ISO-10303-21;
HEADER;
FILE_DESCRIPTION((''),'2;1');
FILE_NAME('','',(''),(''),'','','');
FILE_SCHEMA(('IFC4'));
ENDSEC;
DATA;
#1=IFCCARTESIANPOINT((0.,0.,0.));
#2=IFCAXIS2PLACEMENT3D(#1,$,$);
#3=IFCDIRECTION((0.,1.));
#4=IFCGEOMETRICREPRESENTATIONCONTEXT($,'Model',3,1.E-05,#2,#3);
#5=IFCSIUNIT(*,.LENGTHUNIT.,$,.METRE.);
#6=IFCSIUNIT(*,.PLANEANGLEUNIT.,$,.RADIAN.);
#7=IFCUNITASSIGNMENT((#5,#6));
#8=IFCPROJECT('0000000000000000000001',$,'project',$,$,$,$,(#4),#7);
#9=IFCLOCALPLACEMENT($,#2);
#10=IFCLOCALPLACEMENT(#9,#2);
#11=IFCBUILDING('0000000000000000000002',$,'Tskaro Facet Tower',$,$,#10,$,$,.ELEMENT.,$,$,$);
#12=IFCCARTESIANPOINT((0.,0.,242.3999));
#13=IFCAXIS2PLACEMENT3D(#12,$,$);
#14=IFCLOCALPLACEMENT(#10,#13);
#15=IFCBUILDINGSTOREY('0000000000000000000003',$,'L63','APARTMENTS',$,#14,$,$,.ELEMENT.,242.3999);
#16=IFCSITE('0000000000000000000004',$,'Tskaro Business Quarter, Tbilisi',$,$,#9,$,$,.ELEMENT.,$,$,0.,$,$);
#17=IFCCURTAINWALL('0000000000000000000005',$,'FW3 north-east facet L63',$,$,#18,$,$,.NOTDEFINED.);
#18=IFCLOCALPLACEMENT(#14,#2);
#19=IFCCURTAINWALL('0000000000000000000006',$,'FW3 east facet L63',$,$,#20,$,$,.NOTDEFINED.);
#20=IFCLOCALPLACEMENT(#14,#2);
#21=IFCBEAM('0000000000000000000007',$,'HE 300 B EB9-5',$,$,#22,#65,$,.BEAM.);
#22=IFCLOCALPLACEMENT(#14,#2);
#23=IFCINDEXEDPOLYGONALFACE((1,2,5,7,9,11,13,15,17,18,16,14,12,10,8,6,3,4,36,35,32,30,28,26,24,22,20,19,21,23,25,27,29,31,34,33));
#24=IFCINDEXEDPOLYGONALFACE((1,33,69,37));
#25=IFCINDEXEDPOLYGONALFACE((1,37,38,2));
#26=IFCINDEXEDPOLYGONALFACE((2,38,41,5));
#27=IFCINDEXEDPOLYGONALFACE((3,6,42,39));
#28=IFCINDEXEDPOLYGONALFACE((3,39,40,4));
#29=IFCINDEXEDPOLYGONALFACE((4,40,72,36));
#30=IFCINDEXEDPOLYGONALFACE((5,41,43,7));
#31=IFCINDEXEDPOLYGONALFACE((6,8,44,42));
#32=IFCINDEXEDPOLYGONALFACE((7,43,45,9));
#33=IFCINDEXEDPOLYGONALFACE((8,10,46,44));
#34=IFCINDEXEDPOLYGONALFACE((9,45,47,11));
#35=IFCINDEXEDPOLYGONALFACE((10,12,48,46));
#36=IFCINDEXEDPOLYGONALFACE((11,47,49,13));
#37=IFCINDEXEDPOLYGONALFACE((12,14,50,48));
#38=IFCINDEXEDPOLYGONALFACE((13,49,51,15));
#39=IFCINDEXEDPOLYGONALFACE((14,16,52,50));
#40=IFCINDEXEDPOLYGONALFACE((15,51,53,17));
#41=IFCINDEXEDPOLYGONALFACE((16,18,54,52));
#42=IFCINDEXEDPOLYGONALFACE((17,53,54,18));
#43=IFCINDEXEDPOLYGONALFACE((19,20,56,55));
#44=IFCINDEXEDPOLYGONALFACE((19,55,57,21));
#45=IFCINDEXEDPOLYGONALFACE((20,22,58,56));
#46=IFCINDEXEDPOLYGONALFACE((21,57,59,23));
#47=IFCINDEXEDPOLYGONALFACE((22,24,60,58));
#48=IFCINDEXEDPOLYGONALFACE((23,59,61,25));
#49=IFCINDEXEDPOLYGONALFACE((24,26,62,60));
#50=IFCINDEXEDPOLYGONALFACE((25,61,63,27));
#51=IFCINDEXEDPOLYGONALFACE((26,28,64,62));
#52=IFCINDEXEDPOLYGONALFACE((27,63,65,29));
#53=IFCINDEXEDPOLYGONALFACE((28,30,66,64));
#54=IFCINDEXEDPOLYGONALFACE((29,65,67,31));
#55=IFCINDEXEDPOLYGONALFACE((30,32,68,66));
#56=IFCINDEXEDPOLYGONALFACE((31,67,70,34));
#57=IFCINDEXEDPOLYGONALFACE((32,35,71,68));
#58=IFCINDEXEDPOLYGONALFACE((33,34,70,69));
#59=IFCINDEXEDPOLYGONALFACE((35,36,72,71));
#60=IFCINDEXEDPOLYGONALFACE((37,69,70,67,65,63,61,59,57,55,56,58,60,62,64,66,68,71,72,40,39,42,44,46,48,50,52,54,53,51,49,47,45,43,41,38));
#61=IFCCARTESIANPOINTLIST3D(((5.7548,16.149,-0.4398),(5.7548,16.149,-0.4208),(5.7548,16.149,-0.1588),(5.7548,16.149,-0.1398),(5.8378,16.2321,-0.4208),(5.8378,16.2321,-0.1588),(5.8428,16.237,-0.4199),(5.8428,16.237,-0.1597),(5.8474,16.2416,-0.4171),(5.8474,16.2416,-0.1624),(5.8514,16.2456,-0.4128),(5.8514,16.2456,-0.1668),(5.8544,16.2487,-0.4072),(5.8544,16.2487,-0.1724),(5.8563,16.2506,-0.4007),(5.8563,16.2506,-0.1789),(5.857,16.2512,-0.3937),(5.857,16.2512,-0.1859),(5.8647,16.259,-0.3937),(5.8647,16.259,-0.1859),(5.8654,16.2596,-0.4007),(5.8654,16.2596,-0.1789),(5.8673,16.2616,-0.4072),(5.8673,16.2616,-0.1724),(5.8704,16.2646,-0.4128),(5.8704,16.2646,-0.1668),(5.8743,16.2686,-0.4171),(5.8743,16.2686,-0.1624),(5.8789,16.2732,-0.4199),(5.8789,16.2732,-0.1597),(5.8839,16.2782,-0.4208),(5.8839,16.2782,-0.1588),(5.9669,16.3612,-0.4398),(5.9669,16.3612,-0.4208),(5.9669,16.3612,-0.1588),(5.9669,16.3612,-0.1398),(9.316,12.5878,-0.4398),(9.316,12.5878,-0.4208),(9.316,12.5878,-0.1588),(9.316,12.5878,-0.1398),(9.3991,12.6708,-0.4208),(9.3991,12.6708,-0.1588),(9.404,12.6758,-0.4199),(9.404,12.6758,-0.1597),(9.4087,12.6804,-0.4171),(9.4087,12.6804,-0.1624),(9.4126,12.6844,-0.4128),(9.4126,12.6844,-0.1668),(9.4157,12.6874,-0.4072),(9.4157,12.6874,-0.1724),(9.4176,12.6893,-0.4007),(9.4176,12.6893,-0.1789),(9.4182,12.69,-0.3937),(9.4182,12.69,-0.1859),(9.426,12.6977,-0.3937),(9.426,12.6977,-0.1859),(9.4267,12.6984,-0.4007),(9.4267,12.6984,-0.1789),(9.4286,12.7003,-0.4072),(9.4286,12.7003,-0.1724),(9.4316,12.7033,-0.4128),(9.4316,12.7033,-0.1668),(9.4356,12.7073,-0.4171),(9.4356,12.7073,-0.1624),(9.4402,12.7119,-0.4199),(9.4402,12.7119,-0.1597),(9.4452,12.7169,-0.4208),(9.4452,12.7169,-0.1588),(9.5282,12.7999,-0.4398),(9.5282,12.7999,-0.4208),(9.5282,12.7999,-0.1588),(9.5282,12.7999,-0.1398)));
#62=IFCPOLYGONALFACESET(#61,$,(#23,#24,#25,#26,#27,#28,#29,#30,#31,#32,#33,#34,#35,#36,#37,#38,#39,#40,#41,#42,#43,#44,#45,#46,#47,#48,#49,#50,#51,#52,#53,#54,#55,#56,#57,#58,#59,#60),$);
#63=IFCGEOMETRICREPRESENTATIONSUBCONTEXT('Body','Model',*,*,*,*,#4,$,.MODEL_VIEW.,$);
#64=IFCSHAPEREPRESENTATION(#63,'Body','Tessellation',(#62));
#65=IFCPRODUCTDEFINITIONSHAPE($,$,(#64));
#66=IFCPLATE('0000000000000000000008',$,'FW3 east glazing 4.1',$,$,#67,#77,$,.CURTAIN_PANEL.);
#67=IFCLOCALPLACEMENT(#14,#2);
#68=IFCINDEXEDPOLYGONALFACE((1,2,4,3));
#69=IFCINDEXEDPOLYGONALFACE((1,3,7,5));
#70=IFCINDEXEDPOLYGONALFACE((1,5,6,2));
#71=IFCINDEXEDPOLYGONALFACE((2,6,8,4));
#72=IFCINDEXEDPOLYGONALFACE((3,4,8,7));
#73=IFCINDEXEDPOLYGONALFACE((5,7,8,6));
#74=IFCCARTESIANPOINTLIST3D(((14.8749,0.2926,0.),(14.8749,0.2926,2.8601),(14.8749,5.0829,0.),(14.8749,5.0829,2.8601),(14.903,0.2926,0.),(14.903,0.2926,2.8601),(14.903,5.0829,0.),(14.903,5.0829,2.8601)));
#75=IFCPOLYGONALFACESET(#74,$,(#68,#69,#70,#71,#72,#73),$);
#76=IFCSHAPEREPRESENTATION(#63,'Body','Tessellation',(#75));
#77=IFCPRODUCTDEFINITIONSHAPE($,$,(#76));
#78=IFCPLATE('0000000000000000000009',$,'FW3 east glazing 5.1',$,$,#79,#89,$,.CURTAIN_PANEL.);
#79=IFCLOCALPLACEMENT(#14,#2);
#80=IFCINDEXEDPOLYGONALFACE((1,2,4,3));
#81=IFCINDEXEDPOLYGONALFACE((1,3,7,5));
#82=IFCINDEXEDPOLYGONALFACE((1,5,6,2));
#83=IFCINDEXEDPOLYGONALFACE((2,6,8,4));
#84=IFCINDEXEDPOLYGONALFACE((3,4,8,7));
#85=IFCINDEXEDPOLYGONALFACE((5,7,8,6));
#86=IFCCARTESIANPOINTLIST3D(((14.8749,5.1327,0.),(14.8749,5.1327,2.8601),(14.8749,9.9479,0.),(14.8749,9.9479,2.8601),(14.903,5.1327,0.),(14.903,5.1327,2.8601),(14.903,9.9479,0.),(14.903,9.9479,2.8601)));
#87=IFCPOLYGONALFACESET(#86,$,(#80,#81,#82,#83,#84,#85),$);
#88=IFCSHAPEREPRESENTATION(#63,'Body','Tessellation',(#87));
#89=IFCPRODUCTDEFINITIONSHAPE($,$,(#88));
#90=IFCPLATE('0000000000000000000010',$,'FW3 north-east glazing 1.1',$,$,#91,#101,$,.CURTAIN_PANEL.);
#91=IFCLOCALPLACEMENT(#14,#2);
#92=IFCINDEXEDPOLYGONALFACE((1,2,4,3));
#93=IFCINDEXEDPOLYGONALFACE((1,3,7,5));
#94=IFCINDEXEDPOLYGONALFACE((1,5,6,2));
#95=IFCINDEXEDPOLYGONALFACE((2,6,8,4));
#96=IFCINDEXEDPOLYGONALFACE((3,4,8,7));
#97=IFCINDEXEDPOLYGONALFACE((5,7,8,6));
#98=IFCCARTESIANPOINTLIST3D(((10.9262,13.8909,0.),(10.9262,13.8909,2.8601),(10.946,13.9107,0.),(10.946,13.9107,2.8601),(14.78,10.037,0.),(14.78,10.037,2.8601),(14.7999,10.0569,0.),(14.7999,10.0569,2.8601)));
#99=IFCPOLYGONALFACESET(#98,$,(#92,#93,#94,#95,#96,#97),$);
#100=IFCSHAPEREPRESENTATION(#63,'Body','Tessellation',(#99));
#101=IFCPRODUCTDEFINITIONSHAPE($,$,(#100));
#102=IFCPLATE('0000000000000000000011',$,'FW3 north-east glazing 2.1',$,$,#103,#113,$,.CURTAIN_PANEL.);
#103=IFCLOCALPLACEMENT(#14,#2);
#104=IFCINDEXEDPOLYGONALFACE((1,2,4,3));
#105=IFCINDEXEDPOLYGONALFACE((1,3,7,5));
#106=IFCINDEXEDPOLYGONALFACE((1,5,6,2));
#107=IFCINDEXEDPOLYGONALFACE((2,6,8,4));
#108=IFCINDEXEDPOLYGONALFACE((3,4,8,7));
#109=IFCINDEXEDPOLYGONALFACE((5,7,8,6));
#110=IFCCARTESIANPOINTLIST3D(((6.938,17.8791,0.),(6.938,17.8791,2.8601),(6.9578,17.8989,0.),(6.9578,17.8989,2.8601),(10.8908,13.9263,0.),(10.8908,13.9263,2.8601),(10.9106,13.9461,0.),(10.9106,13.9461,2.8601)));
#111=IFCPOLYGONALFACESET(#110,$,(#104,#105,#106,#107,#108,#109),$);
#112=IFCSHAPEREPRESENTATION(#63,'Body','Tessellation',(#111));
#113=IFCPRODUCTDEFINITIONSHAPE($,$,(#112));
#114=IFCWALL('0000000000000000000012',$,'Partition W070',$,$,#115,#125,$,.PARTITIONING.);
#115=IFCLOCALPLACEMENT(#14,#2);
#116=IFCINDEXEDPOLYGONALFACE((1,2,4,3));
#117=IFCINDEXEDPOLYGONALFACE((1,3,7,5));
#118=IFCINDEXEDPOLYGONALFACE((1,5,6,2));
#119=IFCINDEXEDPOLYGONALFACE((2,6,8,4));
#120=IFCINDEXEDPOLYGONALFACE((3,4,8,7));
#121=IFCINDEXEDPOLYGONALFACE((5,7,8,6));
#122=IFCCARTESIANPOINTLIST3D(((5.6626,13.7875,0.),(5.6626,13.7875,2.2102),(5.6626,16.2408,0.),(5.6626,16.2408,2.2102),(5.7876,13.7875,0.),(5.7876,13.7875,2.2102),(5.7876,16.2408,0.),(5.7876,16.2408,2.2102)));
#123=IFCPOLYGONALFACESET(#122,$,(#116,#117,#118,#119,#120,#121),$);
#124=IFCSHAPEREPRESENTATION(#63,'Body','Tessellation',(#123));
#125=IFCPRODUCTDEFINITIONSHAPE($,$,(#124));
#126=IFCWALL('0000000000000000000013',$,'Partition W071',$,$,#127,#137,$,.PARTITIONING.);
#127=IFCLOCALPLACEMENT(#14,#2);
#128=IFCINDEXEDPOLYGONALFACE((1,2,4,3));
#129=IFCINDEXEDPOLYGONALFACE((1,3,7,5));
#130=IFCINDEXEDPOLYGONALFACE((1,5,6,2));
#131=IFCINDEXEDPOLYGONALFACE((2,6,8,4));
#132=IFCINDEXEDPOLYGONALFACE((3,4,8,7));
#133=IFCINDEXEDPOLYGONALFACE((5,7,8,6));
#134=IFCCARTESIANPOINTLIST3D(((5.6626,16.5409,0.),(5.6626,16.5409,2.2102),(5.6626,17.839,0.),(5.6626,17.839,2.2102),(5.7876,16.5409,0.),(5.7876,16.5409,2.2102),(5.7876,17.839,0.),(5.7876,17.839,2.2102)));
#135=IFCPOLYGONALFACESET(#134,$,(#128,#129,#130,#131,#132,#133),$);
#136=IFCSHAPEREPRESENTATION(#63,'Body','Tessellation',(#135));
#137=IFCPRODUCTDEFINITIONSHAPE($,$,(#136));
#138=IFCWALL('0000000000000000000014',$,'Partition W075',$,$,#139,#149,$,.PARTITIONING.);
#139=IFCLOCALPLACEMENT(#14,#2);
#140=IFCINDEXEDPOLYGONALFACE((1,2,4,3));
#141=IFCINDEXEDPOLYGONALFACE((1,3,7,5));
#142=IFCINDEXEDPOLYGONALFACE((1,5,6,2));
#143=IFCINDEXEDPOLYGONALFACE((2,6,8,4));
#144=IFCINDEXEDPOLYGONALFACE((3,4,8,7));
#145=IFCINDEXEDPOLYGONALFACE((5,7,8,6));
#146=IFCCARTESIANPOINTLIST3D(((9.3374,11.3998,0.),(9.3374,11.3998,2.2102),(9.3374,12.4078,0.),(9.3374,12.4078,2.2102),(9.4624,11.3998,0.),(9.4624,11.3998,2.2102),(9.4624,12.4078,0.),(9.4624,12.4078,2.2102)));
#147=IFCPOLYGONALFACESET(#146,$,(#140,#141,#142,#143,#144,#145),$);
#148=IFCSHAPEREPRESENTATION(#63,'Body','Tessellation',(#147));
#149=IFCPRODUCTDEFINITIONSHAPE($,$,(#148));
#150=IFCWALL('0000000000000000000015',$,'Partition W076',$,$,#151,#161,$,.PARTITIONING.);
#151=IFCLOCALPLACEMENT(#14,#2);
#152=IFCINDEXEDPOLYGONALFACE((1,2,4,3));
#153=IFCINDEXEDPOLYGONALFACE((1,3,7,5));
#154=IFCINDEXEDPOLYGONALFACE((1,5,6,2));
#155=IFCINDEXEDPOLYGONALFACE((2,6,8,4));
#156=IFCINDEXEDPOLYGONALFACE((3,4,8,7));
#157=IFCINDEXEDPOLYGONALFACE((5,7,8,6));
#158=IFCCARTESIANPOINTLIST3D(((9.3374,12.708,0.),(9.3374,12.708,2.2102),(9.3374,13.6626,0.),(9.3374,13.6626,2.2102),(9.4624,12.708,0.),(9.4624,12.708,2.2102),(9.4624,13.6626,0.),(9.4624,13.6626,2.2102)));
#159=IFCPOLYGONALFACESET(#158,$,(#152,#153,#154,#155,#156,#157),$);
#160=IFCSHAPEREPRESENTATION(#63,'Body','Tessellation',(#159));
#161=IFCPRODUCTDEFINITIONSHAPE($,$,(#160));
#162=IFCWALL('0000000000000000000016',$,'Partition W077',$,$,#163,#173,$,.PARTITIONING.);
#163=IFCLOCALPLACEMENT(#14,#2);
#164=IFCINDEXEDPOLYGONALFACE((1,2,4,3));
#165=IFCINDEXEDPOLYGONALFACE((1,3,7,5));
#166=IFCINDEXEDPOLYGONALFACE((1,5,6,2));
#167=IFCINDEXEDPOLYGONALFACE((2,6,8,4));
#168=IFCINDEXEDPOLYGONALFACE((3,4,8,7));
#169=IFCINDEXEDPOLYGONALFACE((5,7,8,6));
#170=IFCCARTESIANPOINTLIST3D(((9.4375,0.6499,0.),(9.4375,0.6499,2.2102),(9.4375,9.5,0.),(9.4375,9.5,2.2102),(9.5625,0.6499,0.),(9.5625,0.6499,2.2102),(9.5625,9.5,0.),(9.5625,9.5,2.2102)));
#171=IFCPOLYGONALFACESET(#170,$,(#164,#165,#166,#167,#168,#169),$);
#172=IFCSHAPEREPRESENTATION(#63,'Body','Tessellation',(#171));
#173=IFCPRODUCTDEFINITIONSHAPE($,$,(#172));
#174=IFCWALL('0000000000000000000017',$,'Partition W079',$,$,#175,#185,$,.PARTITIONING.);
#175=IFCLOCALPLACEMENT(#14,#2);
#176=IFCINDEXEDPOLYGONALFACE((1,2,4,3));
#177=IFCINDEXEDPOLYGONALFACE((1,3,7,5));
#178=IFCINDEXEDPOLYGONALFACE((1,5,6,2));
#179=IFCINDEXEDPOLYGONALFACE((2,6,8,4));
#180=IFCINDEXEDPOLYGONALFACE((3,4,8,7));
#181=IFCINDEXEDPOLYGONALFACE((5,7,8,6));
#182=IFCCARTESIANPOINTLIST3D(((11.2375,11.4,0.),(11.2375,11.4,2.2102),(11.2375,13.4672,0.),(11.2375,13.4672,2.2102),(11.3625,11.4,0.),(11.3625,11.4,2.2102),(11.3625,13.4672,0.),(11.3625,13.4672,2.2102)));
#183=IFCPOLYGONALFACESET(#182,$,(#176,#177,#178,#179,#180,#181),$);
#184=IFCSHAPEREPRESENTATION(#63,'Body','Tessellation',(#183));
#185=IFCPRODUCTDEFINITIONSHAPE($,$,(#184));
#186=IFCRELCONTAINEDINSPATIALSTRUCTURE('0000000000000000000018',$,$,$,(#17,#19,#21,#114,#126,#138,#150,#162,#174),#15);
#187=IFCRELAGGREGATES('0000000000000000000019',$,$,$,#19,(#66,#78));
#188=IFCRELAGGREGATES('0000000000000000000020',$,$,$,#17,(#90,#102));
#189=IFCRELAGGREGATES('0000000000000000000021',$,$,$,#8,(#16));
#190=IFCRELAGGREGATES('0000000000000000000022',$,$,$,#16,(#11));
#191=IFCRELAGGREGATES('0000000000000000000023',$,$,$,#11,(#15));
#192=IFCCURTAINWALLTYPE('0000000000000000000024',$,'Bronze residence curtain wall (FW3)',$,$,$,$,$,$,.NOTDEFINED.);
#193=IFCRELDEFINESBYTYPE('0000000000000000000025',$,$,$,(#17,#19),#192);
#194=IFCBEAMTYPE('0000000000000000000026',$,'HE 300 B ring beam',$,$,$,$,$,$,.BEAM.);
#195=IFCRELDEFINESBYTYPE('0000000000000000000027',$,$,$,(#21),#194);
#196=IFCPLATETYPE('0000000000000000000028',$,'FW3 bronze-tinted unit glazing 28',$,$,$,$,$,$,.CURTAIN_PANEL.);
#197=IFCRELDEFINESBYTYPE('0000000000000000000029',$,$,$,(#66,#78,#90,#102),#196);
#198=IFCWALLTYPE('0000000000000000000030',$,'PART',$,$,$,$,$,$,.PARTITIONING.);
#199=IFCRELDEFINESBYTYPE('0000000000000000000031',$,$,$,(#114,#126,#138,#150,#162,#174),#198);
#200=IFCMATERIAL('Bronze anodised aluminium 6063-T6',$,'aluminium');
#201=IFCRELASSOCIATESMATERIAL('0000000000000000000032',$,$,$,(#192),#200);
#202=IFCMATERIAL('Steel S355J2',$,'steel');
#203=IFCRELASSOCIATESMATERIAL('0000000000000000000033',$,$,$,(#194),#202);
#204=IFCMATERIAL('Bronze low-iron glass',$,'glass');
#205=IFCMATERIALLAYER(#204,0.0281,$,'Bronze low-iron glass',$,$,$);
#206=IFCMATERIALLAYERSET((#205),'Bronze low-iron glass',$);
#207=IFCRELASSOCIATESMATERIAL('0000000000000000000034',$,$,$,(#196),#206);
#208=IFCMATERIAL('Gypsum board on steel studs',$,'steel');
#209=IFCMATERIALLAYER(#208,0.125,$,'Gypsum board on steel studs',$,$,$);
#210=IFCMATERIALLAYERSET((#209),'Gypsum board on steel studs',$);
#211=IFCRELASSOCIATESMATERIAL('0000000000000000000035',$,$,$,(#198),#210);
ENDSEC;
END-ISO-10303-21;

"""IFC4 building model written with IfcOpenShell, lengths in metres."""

from ifc_helpers import new_model, si_unit, direction, frame, frame_2d, origin, origin_2d, place, context, subcontext, project, spatial, rectangle, i_section, extrude, material, layer, layer_set, material_profile, profile_set, type_object, element, aggregate, save


model = new_model("IFC4")

# Units and contexts
model_context = context("Model", 3, precision=1e-05, world=origin(), true_north=direction((0.0, 1.0)))
body_context = subcontext(model_context, "Body", "Model", "MODEL_VIEW")
ifc_project = project(units=[si_unit("LENGTHUNIT", "METRE"), si_unit("PLANEANGLEUNIT", "RADIAN")], contexts=[model_context])

# Site, building, storey
site_placement = place(None, origin())
site = spatial("IfcSite", under=ifc_project, at=site_placement, Name="Tskaro Business Quarter, Tbilisi", CompositionType="ELEMENT", RefElevation=0.0)
building_placement = place(site_placement, origin())
building = spatial("IfcBuilding", under=site, at=building_placement, Name="Tskaro Facet Tower", CompositionType="ELEMENT")
storey_placement = place(building_placement, frame((0.0, 0.0, 242.3999)))
storey = spatial("IfcBuildingStorey", under=building, at=storey_placement, Name="L63", Description="APARTMENTS", CompositionType="ELEMENT", Elevation=242.3999)

# Shared definitions
ifc_material_1 = material(Name="Steel S355J2", Category="steel")

# Curtain wall
ifc_material_2 = material(Name="Bronze anodised aluminium 6063-T6", Category="aluminium")
curtain_wall_type = type_object("IfcCurtainWallType", Name="Bronze residence curtain wall (FW3)", PredefinedType="NOTDEFINED", material=ifc_material_2)
curtain_wall_1_placement = place(storey_placement, origin())
curtain_wall_1 = element("IfcCurtainWall", 1, at=curtain_wall_1_placement, inside=storey, type_object=curtain_wall_type, Name="FW3 north-east facet L63", PredefinedType="NOTDEFINED")

# Curtain wall
curtain_wall_2_placement = place(storey_placement, origin())
curtain_wall_2 = element("IfcCurtainWall", 2, at=curtain_wall_2_placement, inside=storey, type_object=curtain_wall_type, Name="FW3 east facet L63", PredefinedType="NOTDEFINED")

# Beam
ifc_material_profile_1 = material_profile(ifc_material_1, i_section(OverallWidth=0.3, OverallDepth=0.3, WebThickness=0.011, FlangeThickness=0.019, FilletRadius=0.0271, at=origin_2d()), Name="HE 300 B")
ifc_profile_set_1 = profile_set([ifc_material_profile_1], Name="Steel S355J2")
beam_type = type_object("IfcBeamType", Name="HE 300 B ring beam", PredefinedType="BEAM", material=ifc_profile_set_1)
for number, where, z_axis, x_axis, name in (
    (3, (9.4221, 12.6938, -0.2898), (-0.707107, 0.707107, 0.0), (-0.707107, -0.707107, 0.0), "HE 300 B EB9-5"),
):
    element("IfcBeam", number, at=place(storey_placement, frame(where, z_axis=z_axis, x_axis=x_axis)), inside=storey, type_object=beam_type, Name=name, PredefinedType="BEAM", context=body_context, shape_type="SweptSolid", body=[
        extrude(i_section(OverallWidth=0.3, OverallDepth=0.3, WebThickness=0.011, FlangeThickness=0.019, FilletRadius=0.0271, at=origin_2d()), origin(), (0.0, 0.0, 1.0), 5.0364),
    ])

# Plates
ifc_material_3 = material(Name="Bronze low-iron glass", Category="glass")
ifc_layer_1 = layer(ifc_material_3, 0.0281, Name="Bronze low-iron glass")
ifc_layer_set_1 = layer_set([ifc_layer_1], Name="Bronze low-iron glass")
plate_type = type_object("IfcPlateType", Name="FW3 bronze-tinted unit glazing 28", PredefinedType="CURTAIN_PANEL", material=ifc_layer_set_1)
plate_1_placement = place(storey_placement, frame((14.8889, 2.6877, 0.0), z_axis=(0.0, 0.0, 1.0), x_axis=(0.0, 1.0, 0.0)))
plate_1 = element("IfcPlate", 4, at=plate_1_placement, type_object=plate_type, Name="FW3 east glazing 4.1", PredefinedType="CURTAIN_PANEL", context=body_context, shape_type="SweptSolid", body=[
    extrude(rectangle(XDim=4.7903, YDim=0.0281, at=origin_2d()), origin(), (0.0, 0.0, 1.0), 2.8601),
])
plate_2_placement = place(storey_placement, frame((14.8889, 7.5403, 0.0), z_axis=(0.0, 0.0, 1.0), x_axis=(0.0, 1.0, 0.0)))
plate_2 = element("IfcPlate", 5, at=plate_2_placement, type_object=plate_type, Name="FW3 east glazing 5.1", PredefinedType="CURTAIN_PANEL", context=body_context, shape_type="SweptSolid", body=[
    extrude(rectangle(XDim=4.8152, YDim=0.0281, at=origin_2d()), origin(), (0.0, 0.0, 1.0), 2.8601),
])
aggregate(curtain_wall_2, [plate_1, plate_2])
plate_3_placement = place(storey_placement, frame((12.863, 11.9739, 0.0), z_axis=(0.0, 0.0, 1.0), x_axis=(-0.707107, 0.707107, 0.0)))
plate_3 = element("IfcPlate", 6, at=plate_3_placement, type_object=plate_type, Name="FW3 north-east glazing 1.1", PredefinedType="CURTAIN_PANEL", context=body_context, shape_type="SweptSolid", body=[
    extrude(rectangle(XDim=5.4502, YDim=0.0281, at=origin_2d()), origin(), (0.0, 0.0, 1.0), 2.8601),
])
plate_4_placement = place(storey_placement, frame((8.9243, 15.9126, 0.0), z_axis=(0.0, 0.0, 1.0), x_axis=(-0.707107, 0.707107, 0.0)))
plate_4 = element("IfcPlate", 7, at=plate_4_placement, type_object=plate_type, Name="FW3 north-east glazing 2.1", PredefinedType="CURTAIN_PANEL", context=body_context, shape_type="SweptSolid", body=[
    extrude(rectangle(XDim=5.5901, YDim=0.0281, at=origin_2d()), origin(), (0.0, 0.0, 1.0), 2.8601),
])
aggregate(curtain_wall_1, [plate_3, plate_4])

# Walls
ifc_material_4 = material(Name="Gypsum board on steel studs", Category="steel")
ifc_layer_2 = layer(ifc_material_4, 0.125, Name="Gypsum board on steel studs")
ifc_layer_set_2 = layer_set([ifc_layer_2], Name="Gypsum board on steel studs")
wall_type_1 = type_object("IfcWallType", Name="PART", PredefinedType="PARTITIONING", material=ifc_layer_set_2)
wall_1_placement = place(storey_placement, frame((5.7251, 13.7876, 0.0), z_axis=(0.0, 0.0, 1.0), x_axis=(0.0, 1.0, 0.0)))
element("IfcWall", 8, at=wall_1_placement, inside=storey, type_object=wall_type_1, Name="Partition W070", PredefinedType="PARTITIONING", context=body_context, shape_type="SweptSolid", body=[
    extrude(rectangle(XDim=2.4534, YDim=0.125, at=frame_2d((1.2266, 0.0))), origin(), (0.0, 0.0, 1.0), 2.2102),
])
wall_2_placement = place(storey_placement, frame((5.7251, 16.541, 0.0), z_axis=(0.0, 0.0, 1.0), x_axis=(0.0, 1.0, 0.0)))
element("IfcWall", 9, at=wall_2_placement, inside=storey, type_object=wall_type_1, Name="Partition W071", PredefinedType="PARTITIONING", context=body_context, shape_type="SweptSolid", body=[
    extrude(rectangle(XDim=1.2981, YDim=0.125, at=frame_2d((0.6489, 0.0))), origin(), (0.0, 0.0, 1.0), 2.2102),
])
wall_3_placement = place(storey_placement, frame((9.3999, 11.3999, 0.0), z_axis=(0.0, 0.0, 1.0), x_axis=(0.0, 1.0, 0.0)))
element("IfcWall", 10, at=wall_3_placement, inside=storey, type_object=wall_type_1, Name="Partition W075", PredefinedType="PARTITIONING", context=body_context, shape_type="SweptSolid", body=[
    extrude(rectangle(XDim=1.0081, YDim=0.125, at=frame_2d((0.5039, 0.0))), origin(), (0.0, 0.0, 1.0), 2.2102),
])
wall_4_placement = place(storey_placement, frame((9.3999, 12.708, 0.0), z_axis=(0.0, 0.0, 1.0), x_axis=(0.0, 1.0, 0.0)))
element("IfcWall", 11, at=wall_4_placement, inside=storey, type_object=wall_type_1, Name="Partition W076", PredefinedType="PARTITIONING", context=body_context, shape_type="SweptSolid", body=[
    extrude(rectangle(XDim=0.9546, YDim=0.125, at=frame_2d((0.4773, 0.0))), origin(), (0.0, 0.0, 1.0), 2.2102),
])
wall_5_placement = place(storey_placement, frame((9.5, 0.6499, 0.0), z_axis=(0.0, 0.0, 1.0), x_axis=(0.0, 1.0, 0.0)))
element("IfcWall", 12, at=wall_5_placement, inside=storey, type_object=wall_type_1, Name="Partition W077", PredefinedType="PARTITIONING", context=body_context, shape_type="SweptSolid", body=[
    extrude(rectangle(XDim=8.8501, YDim=0.125, at=frame_2d((4.425, 0.0))), origin(), (0.0, 0.0, 1.0), 2.2102),
])
wall_6_placement = place(storey_placement, frame((11.3, 11.3999, 0.0), z_axis=(0.0, 0.0, 1.0), x_axis=(0.0, 1.0, 0.0)))
element("IfcWall", 13, at=wall_6_placement, inside=storey, type_object=wall_type_1, Name="Partition W079", PredefinedType="PARTITIONING", context=body_context, shape_type="SweptSolid", body=[
    extrude(rectangle(XDim=2.0671, YDim=0.125, at=frame_2d((1.0337, 0.0))), origin(), (0.0, 0.0, 1.0), 2.2102),
])

save(model, "model.ifc")
